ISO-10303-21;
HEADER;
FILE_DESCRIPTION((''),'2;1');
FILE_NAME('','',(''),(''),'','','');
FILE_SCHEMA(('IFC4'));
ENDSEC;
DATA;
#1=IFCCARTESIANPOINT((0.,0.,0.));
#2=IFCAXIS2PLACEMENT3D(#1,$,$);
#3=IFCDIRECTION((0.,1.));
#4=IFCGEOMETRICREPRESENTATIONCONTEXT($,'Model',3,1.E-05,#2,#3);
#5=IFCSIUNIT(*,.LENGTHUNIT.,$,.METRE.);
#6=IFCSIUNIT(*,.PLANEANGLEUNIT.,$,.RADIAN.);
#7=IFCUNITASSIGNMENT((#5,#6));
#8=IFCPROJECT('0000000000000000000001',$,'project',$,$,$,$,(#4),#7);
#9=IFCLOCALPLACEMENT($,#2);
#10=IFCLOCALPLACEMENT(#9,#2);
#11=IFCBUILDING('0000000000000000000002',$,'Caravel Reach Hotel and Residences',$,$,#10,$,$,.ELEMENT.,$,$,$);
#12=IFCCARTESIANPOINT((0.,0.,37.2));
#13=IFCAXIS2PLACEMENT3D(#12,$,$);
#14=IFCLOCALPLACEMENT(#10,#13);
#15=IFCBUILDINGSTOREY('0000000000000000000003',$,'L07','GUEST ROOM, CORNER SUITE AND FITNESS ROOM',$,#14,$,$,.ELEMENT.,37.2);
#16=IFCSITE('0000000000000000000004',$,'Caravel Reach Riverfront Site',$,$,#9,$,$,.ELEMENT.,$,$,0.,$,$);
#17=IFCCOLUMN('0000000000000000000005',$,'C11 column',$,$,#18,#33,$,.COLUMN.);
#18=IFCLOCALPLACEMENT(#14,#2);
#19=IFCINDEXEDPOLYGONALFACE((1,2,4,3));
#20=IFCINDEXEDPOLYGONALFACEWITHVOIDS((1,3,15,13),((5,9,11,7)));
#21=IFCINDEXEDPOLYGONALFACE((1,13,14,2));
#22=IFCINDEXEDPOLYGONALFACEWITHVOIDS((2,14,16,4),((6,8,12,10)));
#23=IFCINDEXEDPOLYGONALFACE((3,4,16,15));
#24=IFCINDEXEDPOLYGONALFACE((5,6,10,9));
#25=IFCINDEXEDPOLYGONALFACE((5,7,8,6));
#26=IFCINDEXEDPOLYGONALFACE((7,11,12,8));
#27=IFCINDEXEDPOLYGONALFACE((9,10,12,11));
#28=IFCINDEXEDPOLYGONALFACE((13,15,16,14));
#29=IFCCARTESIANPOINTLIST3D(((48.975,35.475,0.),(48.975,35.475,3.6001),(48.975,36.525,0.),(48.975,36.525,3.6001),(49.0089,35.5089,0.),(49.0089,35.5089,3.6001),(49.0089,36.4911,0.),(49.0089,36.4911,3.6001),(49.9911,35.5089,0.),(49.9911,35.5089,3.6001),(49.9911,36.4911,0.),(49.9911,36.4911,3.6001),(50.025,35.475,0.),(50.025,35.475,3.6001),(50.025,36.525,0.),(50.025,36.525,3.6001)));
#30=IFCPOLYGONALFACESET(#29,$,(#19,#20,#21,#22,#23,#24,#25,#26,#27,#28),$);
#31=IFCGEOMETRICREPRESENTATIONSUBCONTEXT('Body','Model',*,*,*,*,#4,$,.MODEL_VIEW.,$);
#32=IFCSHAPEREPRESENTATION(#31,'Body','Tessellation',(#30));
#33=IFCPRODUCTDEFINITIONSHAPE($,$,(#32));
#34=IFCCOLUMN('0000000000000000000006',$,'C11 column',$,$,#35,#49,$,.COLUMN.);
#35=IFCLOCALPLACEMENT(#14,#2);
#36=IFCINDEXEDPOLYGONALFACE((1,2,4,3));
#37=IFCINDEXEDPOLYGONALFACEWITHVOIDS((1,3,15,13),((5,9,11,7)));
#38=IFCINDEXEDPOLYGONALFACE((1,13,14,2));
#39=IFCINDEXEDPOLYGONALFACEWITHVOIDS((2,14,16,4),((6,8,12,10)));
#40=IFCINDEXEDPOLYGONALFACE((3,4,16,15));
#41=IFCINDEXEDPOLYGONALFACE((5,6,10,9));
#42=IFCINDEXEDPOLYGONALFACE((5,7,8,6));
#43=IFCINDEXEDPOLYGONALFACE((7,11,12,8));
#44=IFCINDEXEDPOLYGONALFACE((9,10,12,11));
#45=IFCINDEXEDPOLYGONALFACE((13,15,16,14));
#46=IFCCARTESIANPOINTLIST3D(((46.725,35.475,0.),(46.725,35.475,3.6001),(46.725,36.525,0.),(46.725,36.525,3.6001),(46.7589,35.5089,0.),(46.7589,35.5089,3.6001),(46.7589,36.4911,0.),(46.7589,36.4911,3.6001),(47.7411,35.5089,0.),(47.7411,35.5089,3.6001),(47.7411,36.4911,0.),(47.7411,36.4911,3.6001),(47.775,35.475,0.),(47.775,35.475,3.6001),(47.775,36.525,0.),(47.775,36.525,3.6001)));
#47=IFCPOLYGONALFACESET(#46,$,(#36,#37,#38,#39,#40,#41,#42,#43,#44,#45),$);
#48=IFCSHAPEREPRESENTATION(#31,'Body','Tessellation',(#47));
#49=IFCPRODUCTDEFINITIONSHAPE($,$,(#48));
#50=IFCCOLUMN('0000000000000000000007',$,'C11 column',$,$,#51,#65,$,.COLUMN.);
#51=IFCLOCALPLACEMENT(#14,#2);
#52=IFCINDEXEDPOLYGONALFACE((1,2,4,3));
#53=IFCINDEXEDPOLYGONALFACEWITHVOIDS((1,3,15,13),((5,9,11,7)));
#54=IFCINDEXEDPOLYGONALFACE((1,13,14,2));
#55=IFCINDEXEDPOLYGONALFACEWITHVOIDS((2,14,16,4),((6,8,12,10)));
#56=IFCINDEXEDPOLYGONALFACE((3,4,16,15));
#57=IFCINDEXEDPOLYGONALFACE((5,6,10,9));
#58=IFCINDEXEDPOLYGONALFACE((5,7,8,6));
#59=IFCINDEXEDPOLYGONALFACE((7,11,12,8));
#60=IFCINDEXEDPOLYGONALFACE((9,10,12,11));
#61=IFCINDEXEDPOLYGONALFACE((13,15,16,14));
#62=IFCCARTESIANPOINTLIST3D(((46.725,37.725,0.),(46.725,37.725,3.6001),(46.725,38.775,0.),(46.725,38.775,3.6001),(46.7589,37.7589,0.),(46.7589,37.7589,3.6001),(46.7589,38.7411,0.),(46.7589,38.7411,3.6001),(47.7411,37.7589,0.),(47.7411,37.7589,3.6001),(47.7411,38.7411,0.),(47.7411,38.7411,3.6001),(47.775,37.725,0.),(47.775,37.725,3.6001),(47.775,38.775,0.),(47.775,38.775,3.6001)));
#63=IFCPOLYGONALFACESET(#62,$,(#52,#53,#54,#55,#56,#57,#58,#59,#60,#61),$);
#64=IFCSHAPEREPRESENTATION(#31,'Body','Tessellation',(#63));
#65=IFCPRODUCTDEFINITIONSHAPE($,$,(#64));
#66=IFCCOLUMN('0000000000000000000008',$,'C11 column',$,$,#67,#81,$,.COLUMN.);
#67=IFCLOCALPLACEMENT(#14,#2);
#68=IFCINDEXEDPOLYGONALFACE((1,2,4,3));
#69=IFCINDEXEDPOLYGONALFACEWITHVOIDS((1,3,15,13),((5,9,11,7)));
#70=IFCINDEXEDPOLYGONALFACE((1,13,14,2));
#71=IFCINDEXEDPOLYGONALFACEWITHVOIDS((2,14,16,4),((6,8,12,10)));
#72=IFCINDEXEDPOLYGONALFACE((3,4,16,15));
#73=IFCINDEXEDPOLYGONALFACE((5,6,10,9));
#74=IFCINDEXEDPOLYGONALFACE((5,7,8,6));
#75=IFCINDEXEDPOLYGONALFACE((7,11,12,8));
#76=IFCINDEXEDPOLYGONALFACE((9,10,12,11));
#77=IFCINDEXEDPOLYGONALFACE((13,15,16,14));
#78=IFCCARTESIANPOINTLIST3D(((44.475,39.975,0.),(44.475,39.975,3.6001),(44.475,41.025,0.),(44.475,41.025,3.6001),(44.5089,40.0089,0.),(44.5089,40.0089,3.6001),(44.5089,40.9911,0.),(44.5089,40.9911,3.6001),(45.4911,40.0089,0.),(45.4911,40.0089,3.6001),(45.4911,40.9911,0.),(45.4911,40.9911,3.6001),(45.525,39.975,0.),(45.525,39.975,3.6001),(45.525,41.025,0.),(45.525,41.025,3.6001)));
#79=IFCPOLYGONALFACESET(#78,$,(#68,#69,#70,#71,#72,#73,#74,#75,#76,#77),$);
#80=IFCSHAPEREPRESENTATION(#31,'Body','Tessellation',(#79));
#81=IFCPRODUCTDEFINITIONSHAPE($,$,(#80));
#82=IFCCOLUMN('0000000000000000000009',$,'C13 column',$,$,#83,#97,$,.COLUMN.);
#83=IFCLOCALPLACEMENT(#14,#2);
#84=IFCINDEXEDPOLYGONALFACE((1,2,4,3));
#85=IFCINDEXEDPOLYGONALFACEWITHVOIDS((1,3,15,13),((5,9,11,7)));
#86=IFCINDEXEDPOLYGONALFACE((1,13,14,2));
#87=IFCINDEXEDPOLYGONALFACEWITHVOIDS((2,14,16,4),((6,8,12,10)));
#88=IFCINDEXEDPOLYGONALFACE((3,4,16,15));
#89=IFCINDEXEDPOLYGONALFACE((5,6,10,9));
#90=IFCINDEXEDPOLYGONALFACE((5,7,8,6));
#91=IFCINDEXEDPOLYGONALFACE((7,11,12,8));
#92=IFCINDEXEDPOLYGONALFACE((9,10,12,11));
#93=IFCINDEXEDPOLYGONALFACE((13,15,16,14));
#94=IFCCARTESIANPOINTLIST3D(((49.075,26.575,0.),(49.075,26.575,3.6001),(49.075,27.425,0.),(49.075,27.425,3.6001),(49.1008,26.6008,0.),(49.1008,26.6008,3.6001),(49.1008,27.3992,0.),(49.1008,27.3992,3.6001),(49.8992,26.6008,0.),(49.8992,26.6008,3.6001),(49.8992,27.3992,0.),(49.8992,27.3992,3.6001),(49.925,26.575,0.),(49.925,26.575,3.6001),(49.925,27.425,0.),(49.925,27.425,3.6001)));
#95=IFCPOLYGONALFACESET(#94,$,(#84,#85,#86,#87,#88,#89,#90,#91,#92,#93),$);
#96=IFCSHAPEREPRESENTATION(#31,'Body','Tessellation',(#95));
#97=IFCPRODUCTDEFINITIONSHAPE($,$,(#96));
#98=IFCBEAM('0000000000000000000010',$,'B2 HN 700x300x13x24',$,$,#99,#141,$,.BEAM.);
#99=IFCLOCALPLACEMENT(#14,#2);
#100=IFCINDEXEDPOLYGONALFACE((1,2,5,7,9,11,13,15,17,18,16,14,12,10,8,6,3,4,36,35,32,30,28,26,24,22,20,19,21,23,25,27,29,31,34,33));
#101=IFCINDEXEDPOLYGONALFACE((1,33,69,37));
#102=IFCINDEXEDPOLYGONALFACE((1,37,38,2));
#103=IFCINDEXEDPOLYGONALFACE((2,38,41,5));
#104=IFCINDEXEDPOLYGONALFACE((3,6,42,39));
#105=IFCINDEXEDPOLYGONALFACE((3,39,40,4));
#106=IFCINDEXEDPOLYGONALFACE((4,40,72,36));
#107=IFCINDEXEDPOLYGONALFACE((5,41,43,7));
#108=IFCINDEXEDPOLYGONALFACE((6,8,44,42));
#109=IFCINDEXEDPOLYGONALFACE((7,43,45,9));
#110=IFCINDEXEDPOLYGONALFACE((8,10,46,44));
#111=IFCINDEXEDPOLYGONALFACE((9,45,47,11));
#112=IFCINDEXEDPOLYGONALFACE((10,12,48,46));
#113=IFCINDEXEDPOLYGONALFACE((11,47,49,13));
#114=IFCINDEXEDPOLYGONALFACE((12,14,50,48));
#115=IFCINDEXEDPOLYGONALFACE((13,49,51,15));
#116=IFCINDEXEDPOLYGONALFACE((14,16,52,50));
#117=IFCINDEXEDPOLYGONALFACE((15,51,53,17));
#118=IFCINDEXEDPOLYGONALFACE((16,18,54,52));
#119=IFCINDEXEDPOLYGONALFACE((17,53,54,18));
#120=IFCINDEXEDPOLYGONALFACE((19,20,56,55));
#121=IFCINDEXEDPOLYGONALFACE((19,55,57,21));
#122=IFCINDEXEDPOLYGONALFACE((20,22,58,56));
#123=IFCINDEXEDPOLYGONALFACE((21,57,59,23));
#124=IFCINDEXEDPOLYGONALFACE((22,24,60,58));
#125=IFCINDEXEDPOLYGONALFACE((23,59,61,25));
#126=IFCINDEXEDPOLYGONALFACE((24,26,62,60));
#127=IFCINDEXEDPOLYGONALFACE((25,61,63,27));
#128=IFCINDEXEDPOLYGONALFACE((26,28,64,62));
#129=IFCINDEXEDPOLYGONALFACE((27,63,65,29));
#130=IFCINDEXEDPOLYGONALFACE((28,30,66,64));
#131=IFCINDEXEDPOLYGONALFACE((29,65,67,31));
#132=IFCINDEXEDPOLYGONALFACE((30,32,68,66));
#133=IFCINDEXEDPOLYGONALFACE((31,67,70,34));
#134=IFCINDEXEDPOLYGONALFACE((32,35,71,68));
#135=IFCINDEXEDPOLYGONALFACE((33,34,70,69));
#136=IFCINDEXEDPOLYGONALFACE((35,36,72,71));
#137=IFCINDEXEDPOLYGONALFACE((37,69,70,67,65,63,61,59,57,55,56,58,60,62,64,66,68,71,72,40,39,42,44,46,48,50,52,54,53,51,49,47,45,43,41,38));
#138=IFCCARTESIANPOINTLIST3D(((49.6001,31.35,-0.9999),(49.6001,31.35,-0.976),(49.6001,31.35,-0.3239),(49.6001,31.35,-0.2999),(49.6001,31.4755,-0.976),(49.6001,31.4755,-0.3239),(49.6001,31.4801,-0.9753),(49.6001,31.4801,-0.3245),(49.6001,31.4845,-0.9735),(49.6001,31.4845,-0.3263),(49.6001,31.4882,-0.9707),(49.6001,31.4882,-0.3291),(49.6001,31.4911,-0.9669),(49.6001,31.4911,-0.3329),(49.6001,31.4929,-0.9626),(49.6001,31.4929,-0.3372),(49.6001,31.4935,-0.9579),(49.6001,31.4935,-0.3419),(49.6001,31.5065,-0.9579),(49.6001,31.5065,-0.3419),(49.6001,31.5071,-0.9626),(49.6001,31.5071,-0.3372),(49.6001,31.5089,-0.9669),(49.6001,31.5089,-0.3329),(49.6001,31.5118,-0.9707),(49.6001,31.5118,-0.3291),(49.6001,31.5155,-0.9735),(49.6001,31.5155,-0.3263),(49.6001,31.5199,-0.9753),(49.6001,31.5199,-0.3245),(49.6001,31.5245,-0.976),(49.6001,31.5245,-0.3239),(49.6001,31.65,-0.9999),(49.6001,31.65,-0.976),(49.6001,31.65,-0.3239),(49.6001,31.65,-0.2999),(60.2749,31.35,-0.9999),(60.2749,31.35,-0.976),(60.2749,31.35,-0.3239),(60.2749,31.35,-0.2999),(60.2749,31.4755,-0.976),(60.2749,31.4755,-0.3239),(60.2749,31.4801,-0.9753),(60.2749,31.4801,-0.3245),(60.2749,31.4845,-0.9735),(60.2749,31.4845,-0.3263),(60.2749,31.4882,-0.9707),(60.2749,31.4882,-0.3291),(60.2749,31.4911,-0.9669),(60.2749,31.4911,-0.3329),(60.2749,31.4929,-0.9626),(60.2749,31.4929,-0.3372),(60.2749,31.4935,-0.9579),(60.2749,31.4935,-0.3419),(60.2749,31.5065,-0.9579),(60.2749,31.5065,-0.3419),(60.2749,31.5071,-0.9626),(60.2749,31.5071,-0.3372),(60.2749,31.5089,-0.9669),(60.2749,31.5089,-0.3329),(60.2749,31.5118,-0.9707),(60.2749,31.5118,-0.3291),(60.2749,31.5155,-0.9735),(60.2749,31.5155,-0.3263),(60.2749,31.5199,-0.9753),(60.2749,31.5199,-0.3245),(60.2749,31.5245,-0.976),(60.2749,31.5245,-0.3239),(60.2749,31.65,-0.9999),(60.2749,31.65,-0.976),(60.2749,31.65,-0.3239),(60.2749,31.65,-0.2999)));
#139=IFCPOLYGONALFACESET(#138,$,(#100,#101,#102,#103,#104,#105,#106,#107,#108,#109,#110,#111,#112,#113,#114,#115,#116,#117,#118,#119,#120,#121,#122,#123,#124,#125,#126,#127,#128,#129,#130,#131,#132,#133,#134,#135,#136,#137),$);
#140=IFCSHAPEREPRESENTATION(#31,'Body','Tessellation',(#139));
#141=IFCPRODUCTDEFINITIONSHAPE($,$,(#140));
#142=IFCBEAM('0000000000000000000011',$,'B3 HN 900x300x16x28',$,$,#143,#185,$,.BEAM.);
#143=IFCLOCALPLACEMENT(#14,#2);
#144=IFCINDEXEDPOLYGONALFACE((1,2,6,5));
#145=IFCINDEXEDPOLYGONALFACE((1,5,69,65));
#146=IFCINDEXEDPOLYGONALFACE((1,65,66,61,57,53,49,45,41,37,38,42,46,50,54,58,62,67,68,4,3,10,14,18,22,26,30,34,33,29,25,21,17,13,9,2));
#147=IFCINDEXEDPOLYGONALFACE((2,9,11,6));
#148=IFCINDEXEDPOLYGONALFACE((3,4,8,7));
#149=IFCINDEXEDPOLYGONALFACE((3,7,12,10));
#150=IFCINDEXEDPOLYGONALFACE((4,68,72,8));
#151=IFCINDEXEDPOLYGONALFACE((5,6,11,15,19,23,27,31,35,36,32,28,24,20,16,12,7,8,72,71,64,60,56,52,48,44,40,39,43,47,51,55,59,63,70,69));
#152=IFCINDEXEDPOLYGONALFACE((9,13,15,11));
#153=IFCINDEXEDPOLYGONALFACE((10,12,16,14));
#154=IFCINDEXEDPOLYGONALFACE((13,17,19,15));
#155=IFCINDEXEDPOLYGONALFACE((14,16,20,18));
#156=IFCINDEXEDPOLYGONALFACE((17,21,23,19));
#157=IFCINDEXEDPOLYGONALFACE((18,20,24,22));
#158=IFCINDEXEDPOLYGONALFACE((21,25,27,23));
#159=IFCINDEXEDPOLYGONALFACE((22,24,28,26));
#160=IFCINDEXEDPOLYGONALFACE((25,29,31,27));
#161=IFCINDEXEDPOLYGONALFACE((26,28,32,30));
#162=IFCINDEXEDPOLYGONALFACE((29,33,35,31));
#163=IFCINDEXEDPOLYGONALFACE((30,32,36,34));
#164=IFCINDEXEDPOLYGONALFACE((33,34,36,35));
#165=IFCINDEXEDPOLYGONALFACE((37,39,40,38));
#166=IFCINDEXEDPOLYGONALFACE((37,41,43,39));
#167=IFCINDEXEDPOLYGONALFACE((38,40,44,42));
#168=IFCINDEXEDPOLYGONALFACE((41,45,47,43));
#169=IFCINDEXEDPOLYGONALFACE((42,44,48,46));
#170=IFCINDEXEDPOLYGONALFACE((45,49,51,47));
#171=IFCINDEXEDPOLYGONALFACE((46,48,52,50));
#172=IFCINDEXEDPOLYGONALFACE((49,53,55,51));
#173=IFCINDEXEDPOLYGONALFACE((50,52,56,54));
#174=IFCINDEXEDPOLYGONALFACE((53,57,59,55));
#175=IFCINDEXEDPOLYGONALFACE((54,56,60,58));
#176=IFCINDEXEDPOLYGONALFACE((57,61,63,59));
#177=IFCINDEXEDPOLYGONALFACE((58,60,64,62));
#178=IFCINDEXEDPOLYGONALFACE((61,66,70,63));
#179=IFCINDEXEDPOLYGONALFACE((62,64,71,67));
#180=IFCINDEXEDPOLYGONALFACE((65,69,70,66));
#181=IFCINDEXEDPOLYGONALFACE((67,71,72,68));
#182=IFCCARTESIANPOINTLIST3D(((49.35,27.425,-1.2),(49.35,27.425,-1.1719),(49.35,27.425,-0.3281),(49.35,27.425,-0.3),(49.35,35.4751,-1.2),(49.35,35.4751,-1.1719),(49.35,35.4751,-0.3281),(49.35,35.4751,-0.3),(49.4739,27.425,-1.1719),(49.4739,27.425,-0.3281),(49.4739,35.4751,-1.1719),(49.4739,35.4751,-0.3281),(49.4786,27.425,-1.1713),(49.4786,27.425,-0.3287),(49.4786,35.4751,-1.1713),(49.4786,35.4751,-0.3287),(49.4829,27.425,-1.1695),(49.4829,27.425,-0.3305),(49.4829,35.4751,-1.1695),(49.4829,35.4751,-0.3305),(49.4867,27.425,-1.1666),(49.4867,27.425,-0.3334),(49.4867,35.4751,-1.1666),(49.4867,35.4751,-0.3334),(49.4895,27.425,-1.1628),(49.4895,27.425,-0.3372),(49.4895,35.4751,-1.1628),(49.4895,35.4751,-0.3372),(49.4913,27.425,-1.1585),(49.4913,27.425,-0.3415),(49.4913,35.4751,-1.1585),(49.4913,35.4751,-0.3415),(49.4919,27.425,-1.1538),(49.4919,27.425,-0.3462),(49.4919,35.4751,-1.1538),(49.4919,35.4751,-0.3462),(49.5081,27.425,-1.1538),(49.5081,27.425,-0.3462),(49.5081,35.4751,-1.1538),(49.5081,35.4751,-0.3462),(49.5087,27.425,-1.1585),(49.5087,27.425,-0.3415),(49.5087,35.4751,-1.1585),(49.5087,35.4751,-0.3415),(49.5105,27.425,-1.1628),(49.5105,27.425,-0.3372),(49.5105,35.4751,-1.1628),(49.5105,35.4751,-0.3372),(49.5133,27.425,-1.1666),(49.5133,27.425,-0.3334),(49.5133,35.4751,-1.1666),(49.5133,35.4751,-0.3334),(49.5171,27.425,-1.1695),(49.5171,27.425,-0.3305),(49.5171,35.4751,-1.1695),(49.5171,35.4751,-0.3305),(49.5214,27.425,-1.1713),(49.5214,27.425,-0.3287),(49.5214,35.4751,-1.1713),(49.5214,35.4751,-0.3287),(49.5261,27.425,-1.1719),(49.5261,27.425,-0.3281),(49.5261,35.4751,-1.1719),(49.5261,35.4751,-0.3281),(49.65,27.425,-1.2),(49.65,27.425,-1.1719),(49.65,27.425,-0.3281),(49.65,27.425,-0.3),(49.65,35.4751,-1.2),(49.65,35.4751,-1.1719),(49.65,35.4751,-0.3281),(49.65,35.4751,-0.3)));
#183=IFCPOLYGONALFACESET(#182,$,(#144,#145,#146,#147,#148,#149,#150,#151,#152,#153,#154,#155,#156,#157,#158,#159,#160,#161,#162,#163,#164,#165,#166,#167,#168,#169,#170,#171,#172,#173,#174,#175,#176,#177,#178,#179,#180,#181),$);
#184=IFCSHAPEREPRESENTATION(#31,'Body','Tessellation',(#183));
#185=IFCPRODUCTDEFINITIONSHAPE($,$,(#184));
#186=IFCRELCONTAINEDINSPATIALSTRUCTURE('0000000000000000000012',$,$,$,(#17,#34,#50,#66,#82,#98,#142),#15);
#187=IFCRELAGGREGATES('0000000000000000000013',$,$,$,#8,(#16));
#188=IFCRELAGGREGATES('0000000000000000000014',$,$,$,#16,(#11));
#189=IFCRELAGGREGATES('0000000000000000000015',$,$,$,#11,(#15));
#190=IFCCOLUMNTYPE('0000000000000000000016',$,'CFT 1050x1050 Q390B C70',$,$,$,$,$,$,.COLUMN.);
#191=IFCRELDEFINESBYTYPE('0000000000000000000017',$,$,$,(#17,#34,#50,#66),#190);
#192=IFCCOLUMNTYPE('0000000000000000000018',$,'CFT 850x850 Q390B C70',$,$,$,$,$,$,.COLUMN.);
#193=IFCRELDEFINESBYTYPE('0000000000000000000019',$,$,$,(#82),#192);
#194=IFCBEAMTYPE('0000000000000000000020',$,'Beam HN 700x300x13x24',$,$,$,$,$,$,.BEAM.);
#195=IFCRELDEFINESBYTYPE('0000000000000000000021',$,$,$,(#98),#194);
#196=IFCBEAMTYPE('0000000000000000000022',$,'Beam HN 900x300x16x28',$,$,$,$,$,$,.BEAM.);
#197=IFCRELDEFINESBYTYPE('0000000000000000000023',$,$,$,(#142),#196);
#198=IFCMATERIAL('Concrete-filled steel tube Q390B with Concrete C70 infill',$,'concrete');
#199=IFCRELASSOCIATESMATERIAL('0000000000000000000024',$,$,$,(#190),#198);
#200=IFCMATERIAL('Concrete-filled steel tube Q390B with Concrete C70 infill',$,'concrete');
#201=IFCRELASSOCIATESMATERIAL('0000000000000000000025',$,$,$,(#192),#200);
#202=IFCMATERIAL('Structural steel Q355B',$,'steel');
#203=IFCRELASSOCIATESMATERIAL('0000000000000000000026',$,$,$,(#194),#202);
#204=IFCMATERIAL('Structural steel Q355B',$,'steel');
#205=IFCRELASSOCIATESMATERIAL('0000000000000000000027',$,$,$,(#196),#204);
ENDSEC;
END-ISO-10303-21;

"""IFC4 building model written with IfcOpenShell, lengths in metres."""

from ifc_helpers import new_model, si_unit, direction, frame, origin, origin_2d, place, context, subcontext, project, spatial, hollow_rectangle, i_section, extrude, material, material_profile, profile_set, type_object, element, save


model = new_model("IFC4")

# Units and contexts
model_context = context("Model", 3, precision=1e-05, world=origin(), true_north=direction((0.0, 1.0)))
body_context = subcontext(model_context, "Body", "Model", "MODEL_VIEW")
ifc_project = project(units=[si_unit("LENGTHUNIT", "METRE"), si_unit("PLANEANGLEUNIT", "RADIAN")], contexts=[model_context])

# Site, building, storey
site_placement = place(None, origin())
site = spatial("IfcSite", under=ifc_project, at=site_placement, Name="Caravel Reach Riverfront Site", CompositionType="ELEMENT", RefElevation=0.0)
building_placement = place(site_placement, origin())
building = spatial("IfcBuilding", under=site, at=building_placement, Name="Caravel Reach Hotel and Residences", CompositionType="ELEMENT")
storey_placement = place(building_placement, frame((0.0, 0.0, 37.2)))
storey = spatial("IfcBuildingStorey", under=building, at=storey_placement, Name="L07", Description="GUEST ROOM, CORNER SUITE AND FITNESS ROOM", CompositionType="ELEMENT", Elevation=37.2)

# Columns
ifc_material_1 = material(Name="Concrete-filled steel tube Q390B with Concrete C70 infill", Category="concrete")
ifc_material_profile_1 = material_profile(ifc_material_1, hollow_rectangle(XDim=1.05, YDim=1.05, WallThickness=0.0339, at=origin_2d()), Name="RHS 1050x1050x34")
ifc_profile_set_1 = profile_set([ifc_material_profile_1], Name="Concrete-filled steel tube Q390B with Concrete C70 infill")
column_type_1 = type_object("IfcColumnType", Name="CFT 1050x1050 Q390B C70", PredefinedType="COLUMN", material=ifc_profile_set_1)
for number, where, z_axis, x_axis, name in (
    (1, (49.5, 36.0, 0.0), (0.0, 0.0, 1.0), (1.0, 0.0, 0.0), "C11 column"),
    (2, (47.25, 36.0, 0.0), (0.0, 0.0, 1.0), (1.0, 0.0, 0.0), "C11 column"),
    (3, (47.25, 38.25, 0.0), (0.0, 0.0, 1.0), (1.0, 0.0, 0.0), "C11 column"),
    (4, (45.0, 40.5, 0.0), (0.0, 0.0, 1.0), (1.0, 0.0, 0.0), "C11 column"),
):
    element("IfcColumn", number, at=place(storey_placement, frame(where, z_axis=z_axis, x_axis=x_axis)), inside=storey, type_object=column_type_1, Name=name, PredefinedType="COLUMN", context=body_context, shape_type="SweptSolid", body=[
        extrude(hollow_rectangle(XDim=1.05, YDim=1.05, WallThickness=0.0339, at=origin_2d()), origin(), (0.0, 0.0, 1.0), 3.6001),
    ])
ifc_material_2 = material(Name="Concrete-filled steel tube Q390B with Concrete C70 infill", Category="concrete")
ifc_material_profile_2 = material_profile(ifc_material_2, hollow_rectangle(XDim=0.8501, YDim=0.8501, WallThickness=0.0259, at=origin_2d()), Name="RHS 850x850x26")
ifc_profile_set_2 = profile_set([ifc_material_profile_2], Name="Concrete-filled steel tube Q390B with Concrete C70 infill")
column_type_2 = type_object("IfcColumnType", Name="CFT 850x850 Q390B C70", PredefinedType="COLUMN", material=ifc_profile_set_2)
column_placement = place(storey_placement, frame((49.5, 27.0, 0.0), z_axis=(0.0, 0.0, 1.0), x_axis=(1.0, 0.0, 0.0)))
element("IfcColumn", 5, at=column_placement, inside=storey, type_object=column_type_2, Name="C13 column", PredefinedType="COLUMN", context=body_context, shape_type="SweptSolid", body=[
    extrude(hollow_rectangle(XDim=0.8501, YDim=0.8501, WallThickness=0.0259, at=origin_2d()), origin(), (0.0, 0.0, 1.0), 3.6001),
])

# Beams
ifc_material_3 = material(Name="Structural steel Q355B", Category="steel")
ifc_material_profile_3 = material_profile(ifc_material_3, i_section(OverallWidth=0.3, OverallDepth=0.7, WebThickness=0.0129, FlangeThickness=0.0239, FilletRadius=0.0181, at=origin_2d()), Name="HN 700x300x13x24")
ifc_profile_set_3 = profile_set([ifc_material_profile_3], Name="Structural steel Q355B")
beam_type_1 = type_object("IfcBeamType", Name="Beam HN 700x300x13x24", PredefinedType="BEAM", material=ifc_profile_set_3)
beam_1_placement = place(storey_placement, frame((49.6001, 31.5, -0.6499), z_axis=(1.0, 0.0, 0.0), x_axis=(0.0, 1.0, 0.0)))
element("IfcBeam", 6, at=beam_1_placement, inside=storey, type_object=beam_type_1, Name="B2 HN 700x300x13x24", PredefinedType="BEAM", context=body_context, shape_type="SweptSolid", body=[
    extrude(i_section(OverallWidth=0.3, OverallDepth=0.7, WebThickness=0.0129, FlangeThickness=0.0239, FilletRadius=0.0181, at=origin_2d()), origin(), (0.0, 0.0, 1.0), 10.6748),
])
ifc_material_4 = material(Name="Structural steel Q355B", Category="steel")
ifc_material_profile_4 = material_profile(ifc_material_4, i_section(OverallWidth=0.3, OverallDepth=0.8999, WebThickness=0.0161, FlangeThickness=0.0281, FilletRadius=0.0181, at=origin_2d()), Name="HN 900x300x16x28")
ifc_profile_set_4 = profile_set([ifc_material_profile_4], Name="Structural steel Q355B")
beam_type_2 = type_object("IfcBeamType", Name="Beam HN 900x300x16x28", PredefinedType="BEAM", material=ifc_profile_set_4)
beam_2_placement = place(storey_placement, frame((49.5, 27.425, -0.75), z_axis=(0.0, 1.0, 0.0), x_axis=(-1.0, 0.0, 0.0)))
element("IfcBeam", 7, at=beam_2_placement, inside=storey, type_object=beam_type_2, Name="B3 HN 900x300x16x28", PredefinedType="BEAM", context=body_context, shape_type="SweptSolid", body=[
    extrude(i_section(OverallWidth=0.3, OverallDepth=0.8999, WebThickness=0.0161, FlangeThickness=0.0281, FilletRadius=0.0181, at=origin_2d()), origin(), (0.0, 0.0, 1.0), 8.05),
])

save(model, "model.ifc")
